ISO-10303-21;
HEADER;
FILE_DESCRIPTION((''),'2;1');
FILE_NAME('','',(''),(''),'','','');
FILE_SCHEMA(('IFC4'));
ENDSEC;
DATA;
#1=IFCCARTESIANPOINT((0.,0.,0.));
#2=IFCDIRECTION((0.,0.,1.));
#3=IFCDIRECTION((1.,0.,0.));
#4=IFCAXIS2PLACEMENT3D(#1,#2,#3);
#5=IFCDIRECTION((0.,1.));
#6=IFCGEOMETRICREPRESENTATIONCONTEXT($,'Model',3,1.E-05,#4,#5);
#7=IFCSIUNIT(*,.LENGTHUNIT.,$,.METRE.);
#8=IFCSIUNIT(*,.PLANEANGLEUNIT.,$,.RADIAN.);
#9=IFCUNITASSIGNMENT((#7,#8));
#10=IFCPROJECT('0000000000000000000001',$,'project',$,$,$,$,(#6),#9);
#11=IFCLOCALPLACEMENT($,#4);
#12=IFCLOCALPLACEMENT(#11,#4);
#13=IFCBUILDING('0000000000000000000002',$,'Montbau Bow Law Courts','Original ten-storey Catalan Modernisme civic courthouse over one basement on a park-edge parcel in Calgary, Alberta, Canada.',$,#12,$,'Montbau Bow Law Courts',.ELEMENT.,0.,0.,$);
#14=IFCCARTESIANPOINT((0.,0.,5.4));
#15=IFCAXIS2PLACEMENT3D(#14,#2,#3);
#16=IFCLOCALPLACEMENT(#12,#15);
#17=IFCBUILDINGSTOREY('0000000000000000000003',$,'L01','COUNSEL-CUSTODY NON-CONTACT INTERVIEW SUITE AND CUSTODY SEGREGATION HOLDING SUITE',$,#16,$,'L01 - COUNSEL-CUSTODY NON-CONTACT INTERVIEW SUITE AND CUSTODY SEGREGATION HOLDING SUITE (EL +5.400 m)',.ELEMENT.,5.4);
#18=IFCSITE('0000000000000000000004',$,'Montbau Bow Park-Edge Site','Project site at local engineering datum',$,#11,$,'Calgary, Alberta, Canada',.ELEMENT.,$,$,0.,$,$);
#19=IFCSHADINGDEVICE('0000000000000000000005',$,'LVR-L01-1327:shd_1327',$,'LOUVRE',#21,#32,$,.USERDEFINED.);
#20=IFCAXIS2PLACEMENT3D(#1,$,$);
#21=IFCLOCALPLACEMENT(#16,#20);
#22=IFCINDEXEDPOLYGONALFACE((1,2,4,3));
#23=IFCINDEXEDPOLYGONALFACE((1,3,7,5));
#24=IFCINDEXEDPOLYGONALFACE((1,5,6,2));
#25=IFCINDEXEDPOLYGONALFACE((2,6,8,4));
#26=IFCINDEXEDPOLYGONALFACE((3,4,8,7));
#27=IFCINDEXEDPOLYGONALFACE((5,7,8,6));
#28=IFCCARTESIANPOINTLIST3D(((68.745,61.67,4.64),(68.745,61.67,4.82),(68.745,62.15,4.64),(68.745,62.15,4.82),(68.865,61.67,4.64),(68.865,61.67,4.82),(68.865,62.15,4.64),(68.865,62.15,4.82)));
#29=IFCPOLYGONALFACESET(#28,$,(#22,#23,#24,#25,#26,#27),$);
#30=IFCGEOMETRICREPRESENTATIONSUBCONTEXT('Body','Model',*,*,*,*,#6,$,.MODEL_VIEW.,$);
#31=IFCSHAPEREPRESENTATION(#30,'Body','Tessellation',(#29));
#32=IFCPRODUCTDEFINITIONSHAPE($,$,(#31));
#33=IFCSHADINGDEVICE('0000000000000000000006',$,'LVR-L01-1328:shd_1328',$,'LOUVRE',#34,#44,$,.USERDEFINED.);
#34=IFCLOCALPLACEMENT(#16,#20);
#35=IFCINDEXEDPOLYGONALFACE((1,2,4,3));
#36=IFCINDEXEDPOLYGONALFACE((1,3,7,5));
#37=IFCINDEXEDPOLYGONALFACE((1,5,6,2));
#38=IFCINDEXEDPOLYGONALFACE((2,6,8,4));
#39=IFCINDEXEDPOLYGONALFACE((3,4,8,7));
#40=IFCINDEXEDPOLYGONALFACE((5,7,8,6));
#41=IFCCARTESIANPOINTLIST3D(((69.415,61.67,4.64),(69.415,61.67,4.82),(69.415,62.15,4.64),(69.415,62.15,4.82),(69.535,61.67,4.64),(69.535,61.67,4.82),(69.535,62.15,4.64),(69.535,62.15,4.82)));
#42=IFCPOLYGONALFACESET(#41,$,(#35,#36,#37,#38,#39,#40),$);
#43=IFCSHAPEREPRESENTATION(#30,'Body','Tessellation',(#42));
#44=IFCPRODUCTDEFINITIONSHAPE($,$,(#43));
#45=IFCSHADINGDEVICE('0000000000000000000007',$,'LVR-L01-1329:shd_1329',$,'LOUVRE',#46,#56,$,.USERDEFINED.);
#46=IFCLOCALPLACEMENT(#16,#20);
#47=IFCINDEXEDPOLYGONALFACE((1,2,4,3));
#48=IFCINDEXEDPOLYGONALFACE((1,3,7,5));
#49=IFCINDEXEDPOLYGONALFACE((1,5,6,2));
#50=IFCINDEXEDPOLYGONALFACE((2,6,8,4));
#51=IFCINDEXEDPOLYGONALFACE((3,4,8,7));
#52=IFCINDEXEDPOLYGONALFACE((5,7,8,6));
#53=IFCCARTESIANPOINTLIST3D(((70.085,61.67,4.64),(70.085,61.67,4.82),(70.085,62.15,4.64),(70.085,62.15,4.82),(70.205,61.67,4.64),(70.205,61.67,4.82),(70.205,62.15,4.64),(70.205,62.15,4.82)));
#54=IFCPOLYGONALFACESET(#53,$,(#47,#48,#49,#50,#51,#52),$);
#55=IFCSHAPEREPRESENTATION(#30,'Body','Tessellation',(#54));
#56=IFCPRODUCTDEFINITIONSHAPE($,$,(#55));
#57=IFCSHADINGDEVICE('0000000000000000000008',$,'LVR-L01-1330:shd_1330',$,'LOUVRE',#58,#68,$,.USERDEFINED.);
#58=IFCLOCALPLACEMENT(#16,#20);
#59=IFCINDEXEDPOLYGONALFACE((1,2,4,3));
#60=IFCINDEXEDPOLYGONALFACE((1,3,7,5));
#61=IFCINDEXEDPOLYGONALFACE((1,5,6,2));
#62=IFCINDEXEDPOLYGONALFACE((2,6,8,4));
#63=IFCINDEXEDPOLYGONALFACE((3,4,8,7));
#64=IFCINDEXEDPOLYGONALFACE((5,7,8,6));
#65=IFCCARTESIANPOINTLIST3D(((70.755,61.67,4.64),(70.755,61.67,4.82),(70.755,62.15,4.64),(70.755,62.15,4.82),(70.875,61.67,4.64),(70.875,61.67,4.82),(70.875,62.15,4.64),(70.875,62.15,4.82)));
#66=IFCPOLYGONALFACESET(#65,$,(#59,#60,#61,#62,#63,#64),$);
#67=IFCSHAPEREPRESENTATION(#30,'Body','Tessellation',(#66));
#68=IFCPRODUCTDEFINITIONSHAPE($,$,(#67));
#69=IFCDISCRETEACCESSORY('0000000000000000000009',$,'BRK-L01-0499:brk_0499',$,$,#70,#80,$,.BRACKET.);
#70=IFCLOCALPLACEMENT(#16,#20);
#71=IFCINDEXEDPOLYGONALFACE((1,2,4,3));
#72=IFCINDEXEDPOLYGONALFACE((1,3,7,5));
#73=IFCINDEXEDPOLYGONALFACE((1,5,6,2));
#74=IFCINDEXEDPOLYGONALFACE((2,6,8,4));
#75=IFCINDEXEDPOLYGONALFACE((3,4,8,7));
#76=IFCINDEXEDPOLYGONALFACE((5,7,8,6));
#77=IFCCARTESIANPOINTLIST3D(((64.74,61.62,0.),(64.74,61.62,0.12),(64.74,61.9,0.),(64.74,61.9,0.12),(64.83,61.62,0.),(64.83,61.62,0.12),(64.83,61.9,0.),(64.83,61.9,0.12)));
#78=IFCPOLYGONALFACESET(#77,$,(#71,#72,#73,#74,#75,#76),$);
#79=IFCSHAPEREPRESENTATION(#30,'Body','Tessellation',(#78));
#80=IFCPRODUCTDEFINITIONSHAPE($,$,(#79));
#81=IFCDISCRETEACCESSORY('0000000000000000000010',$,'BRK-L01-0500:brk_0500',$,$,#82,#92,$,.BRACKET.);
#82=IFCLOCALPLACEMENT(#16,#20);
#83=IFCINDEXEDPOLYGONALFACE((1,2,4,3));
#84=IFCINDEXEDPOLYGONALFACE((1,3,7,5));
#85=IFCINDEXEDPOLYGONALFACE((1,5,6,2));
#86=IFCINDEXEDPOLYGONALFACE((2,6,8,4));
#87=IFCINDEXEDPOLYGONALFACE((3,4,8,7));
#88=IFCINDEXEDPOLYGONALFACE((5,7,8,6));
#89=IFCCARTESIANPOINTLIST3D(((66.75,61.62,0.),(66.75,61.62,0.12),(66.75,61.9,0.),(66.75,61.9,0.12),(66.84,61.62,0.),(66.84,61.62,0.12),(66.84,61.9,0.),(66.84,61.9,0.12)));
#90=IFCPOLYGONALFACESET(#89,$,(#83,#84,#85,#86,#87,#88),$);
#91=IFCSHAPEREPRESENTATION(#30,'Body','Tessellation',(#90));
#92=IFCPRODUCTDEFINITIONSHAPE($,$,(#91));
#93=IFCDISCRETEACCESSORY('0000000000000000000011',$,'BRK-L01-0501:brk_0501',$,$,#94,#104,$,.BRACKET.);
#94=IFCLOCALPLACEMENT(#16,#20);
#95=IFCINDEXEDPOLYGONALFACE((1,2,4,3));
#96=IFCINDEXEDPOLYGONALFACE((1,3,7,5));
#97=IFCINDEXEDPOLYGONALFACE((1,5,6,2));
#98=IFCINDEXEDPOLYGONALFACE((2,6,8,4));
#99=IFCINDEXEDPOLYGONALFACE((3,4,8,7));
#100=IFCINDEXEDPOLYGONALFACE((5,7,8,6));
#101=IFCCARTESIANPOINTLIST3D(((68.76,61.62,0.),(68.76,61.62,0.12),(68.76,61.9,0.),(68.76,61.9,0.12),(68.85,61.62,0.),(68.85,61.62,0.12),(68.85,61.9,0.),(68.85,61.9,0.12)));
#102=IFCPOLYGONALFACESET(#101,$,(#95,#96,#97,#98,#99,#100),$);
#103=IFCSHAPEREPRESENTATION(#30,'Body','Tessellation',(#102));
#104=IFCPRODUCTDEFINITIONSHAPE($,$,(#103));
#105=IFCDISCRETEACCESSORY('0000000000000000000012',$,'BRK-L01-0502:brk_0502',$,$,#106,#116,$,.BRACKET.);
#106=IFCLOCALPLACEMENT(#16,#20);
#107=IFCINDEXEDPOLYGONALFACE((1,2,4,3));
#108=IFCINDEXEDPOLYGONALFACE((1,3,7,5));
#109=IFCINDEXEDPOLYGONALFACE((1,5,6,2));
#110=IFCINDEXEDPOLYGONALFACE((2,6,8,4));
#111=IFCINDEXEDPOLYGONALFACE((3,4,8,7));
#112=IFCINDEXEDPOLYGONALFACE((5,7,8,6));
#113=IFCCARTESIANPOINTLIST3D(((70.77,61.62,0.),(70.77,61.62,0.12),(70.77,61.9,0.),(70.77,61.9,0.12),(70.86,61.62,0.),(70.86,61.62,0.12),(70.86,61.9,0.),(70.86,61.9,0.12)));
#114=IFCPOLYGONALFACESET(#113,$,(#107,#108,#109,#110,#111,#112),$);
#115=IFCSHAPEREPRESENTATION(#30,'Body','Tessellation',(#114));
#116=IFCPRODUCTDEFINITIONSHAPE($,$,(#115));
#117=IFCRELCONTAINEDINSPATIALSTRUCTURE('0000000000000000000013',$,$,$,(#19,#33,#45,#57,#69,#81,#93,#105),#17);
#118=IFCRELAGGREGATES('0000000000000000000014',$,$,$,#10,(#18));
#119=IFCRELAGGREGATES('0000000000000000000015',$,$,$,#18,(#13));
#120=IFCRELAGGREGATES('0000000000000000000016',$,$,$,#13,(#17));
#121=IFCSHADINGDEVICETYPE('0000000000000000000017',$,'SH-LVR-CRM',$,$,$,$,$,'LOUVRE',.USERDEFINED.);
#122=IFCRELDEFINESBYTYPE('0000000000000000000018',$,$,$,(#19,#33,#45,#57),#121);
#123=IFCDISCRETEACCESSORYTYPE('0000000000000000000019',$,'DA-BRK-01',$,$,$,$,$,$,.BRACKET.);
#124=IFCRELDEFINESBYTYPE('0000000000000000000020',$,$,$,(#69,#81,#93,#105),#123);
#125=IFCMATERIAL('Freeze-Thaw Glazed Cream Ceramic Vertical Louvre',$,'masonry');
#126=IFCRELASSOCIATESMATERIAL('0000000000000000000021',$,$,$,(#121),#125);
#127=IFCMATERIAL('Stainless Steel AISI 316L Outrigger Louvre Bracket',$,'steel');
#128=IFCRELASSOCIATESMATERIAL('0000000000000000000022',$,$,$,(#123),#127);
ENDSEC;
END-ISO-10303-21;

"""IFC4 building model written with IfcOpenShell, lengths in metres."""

from ifc_helpers import new_model, si_unit, direction, frame, origin_with_axes, origin_2d_with_axis, place, context, subcontext, project, spatial, rectangle, extrude, material, type_object, element, save


model = new_model("IFC4")

# Units and contexts
model_context = context("Model", 3, precision=1e-05, world=origin_with_axes(), true_north=direction((0.0, 1.0)))
body_context = subcontext(model_context, "Body", "Model", "MODEL_VIEW")
ifc_project = project(units=[si_unit("LENGTHUNIT", "METRE"), si_unit("PLANEANGLEUNIT", "RADIAN")], contexts=[model_context])

# Site, building, storey
site_placement = place(None, origin_with_axes())
site = spatial("IfcSite", under=ifc_project, at=site_placement, Name="Montbau Bow Park-Edge Site", Description="Project site at local engineering datum", LongName="Calgary, Alberta, Canada", CompositionType="ELEMENT", RefElevation=0.0)
building_placement = place(site_placement, origin_with_axes())
building = spatial("IfcBuilding", under=site, at=building_placement, Name="Montbau Bow Law Courts", Description="Original ten-storey Catalan Modernisme civic courthouse over one basement on a park-edge parcel in Calgary, Alberta, Canada.", LongName="Montbau Bow Law Courts", CompositionType="ELEMENT", ElevationOfRefHeight=0.0, ElevationOfTerrain=0.0)
storey_placement = place(building_placement, frame((0.0, 0.0, 5.4), z_axis=(0.0, 0.0, 1.0), x_axis=(1.0, 0.0, 0.0)))
storey = spatial("IfcBuildingStorey", under=building, at=storey_placement, Name="L01", Description="COUNSEL-CUSTODY NON-CONTACT INTERVIEW SUITE AND CUSTODY SEGREGATION HOLDING SUITE", LongName="L01 - COUNSEL-CUSTODY NON-CONTACT INTERVIEW SUITE AND CUSTODY SEGREGATION HOLDING SUITE (EL +5.400 m)", CompositionType="ELEMENT", Elevation=5.4)

# Shading devices
ifc_material_1 = material(Name="Freeze-Thaw Glazed Cream Ceramic Vertical Louvre", Category="masonry")
shading_device_type = type_object("IfcShadingDeviceType", Name="SH-LVR-CRM", ElementType="LOUVRE", PredefinedType="USERDEFINED", material=ifc_material_1)
for number, where, z_axis, x_axis, name in (
    (1, (68.805, 61.91, 10.04), (0.0, 0.0, 1.0), (0.0, 1.0, 0.0), "LVR-L01-1327:shd_1327"),
    (2, (69.475, 61.91, 10.04), (0.0, 0.0, 1.0), (0.0, 1.0, 0.0), "LVR-L01-1328:shd_1328"),
    (3, (70.145, 61.91, 10.04), (0.0, 0.0, 1.0), (0.0, 1.0, 0.0), "LVR-L01-1329:shd_1329"),
    (4, (70.815, 61.91, 10.04), (0.0, 0.0, 1.0), (0.0, 1.0, 0.0), "LVR-L01-1330:shd_1330"),
):
    element("IfcShadingDevice", number, at=place(None, frame(where, z_axis=z_axis, x_axis=x_axis)), inside=storey, type_object=shading_device_type, Name=name, ObjectType="LOUVRE", PredefinedType="USERDEFINED", context=body_context, shape_type="SweptSolid", body=[
        extrude(rectangle(XDim=0.48, YDim=0.12, at=origin_2d_with_axis()), origin_with_axes(), (0.0, 0.0, 1.0), 0.18),
    ])

# Discrete accessories
ifc_material_2 = material(Name="Stainless Steel AISI 316L Outrigger Louvre Bracket", Category="steel")
discrete_accessory_type = type_object("IfcDiscreteAccessoryType", Name="DA-BRK-01", PredefinedType="BRACKET", material=ifc_material_2)
for number, where, z_axis, x_axis, name in (
    (5, (64.785, 61.76, 5.4), (0.0, 0.0, 1.0), (0.0, 1.0, 0.0), "BRK-L01-0499:brk_0499"),
    (6, (66.795, 61.76, 5.4), (0.0, 0.0, 1.0), (0.0, 1.0, 0.0), "BRK-L01-0500:brk_0500"),
    (7, (68.805, 61.76, 5.4), (0.0, 0.0, 1.0), (0.0, 1.0, 0.0), "BRK-L01-0501:brk_0501"),
    (8, (70.815, 61.76, 5.4), (0.0, 0.0, 1.0), (0.0, 1.0, 0.0), "BRK-L01-0502:brk_0502"),
):
    element("IfcDiscreteAccessory", number, at=place(None, frame(where, z_axis=z_axis, x_axis=x_axis)), inside=storey, type_object=discrete_accessory_type, Name=name, PredefinedType="BRACKET", context=body_context, shape_type="SweptSolid", body=[
        extrude(rectangle(XDim=0.28, YDim=0.09, at=origin_2d_with_axis()), origin_with_axes(), (0.0, 0.0, 1.0), 0.12),
    ])

save(model, "model.ifc")
